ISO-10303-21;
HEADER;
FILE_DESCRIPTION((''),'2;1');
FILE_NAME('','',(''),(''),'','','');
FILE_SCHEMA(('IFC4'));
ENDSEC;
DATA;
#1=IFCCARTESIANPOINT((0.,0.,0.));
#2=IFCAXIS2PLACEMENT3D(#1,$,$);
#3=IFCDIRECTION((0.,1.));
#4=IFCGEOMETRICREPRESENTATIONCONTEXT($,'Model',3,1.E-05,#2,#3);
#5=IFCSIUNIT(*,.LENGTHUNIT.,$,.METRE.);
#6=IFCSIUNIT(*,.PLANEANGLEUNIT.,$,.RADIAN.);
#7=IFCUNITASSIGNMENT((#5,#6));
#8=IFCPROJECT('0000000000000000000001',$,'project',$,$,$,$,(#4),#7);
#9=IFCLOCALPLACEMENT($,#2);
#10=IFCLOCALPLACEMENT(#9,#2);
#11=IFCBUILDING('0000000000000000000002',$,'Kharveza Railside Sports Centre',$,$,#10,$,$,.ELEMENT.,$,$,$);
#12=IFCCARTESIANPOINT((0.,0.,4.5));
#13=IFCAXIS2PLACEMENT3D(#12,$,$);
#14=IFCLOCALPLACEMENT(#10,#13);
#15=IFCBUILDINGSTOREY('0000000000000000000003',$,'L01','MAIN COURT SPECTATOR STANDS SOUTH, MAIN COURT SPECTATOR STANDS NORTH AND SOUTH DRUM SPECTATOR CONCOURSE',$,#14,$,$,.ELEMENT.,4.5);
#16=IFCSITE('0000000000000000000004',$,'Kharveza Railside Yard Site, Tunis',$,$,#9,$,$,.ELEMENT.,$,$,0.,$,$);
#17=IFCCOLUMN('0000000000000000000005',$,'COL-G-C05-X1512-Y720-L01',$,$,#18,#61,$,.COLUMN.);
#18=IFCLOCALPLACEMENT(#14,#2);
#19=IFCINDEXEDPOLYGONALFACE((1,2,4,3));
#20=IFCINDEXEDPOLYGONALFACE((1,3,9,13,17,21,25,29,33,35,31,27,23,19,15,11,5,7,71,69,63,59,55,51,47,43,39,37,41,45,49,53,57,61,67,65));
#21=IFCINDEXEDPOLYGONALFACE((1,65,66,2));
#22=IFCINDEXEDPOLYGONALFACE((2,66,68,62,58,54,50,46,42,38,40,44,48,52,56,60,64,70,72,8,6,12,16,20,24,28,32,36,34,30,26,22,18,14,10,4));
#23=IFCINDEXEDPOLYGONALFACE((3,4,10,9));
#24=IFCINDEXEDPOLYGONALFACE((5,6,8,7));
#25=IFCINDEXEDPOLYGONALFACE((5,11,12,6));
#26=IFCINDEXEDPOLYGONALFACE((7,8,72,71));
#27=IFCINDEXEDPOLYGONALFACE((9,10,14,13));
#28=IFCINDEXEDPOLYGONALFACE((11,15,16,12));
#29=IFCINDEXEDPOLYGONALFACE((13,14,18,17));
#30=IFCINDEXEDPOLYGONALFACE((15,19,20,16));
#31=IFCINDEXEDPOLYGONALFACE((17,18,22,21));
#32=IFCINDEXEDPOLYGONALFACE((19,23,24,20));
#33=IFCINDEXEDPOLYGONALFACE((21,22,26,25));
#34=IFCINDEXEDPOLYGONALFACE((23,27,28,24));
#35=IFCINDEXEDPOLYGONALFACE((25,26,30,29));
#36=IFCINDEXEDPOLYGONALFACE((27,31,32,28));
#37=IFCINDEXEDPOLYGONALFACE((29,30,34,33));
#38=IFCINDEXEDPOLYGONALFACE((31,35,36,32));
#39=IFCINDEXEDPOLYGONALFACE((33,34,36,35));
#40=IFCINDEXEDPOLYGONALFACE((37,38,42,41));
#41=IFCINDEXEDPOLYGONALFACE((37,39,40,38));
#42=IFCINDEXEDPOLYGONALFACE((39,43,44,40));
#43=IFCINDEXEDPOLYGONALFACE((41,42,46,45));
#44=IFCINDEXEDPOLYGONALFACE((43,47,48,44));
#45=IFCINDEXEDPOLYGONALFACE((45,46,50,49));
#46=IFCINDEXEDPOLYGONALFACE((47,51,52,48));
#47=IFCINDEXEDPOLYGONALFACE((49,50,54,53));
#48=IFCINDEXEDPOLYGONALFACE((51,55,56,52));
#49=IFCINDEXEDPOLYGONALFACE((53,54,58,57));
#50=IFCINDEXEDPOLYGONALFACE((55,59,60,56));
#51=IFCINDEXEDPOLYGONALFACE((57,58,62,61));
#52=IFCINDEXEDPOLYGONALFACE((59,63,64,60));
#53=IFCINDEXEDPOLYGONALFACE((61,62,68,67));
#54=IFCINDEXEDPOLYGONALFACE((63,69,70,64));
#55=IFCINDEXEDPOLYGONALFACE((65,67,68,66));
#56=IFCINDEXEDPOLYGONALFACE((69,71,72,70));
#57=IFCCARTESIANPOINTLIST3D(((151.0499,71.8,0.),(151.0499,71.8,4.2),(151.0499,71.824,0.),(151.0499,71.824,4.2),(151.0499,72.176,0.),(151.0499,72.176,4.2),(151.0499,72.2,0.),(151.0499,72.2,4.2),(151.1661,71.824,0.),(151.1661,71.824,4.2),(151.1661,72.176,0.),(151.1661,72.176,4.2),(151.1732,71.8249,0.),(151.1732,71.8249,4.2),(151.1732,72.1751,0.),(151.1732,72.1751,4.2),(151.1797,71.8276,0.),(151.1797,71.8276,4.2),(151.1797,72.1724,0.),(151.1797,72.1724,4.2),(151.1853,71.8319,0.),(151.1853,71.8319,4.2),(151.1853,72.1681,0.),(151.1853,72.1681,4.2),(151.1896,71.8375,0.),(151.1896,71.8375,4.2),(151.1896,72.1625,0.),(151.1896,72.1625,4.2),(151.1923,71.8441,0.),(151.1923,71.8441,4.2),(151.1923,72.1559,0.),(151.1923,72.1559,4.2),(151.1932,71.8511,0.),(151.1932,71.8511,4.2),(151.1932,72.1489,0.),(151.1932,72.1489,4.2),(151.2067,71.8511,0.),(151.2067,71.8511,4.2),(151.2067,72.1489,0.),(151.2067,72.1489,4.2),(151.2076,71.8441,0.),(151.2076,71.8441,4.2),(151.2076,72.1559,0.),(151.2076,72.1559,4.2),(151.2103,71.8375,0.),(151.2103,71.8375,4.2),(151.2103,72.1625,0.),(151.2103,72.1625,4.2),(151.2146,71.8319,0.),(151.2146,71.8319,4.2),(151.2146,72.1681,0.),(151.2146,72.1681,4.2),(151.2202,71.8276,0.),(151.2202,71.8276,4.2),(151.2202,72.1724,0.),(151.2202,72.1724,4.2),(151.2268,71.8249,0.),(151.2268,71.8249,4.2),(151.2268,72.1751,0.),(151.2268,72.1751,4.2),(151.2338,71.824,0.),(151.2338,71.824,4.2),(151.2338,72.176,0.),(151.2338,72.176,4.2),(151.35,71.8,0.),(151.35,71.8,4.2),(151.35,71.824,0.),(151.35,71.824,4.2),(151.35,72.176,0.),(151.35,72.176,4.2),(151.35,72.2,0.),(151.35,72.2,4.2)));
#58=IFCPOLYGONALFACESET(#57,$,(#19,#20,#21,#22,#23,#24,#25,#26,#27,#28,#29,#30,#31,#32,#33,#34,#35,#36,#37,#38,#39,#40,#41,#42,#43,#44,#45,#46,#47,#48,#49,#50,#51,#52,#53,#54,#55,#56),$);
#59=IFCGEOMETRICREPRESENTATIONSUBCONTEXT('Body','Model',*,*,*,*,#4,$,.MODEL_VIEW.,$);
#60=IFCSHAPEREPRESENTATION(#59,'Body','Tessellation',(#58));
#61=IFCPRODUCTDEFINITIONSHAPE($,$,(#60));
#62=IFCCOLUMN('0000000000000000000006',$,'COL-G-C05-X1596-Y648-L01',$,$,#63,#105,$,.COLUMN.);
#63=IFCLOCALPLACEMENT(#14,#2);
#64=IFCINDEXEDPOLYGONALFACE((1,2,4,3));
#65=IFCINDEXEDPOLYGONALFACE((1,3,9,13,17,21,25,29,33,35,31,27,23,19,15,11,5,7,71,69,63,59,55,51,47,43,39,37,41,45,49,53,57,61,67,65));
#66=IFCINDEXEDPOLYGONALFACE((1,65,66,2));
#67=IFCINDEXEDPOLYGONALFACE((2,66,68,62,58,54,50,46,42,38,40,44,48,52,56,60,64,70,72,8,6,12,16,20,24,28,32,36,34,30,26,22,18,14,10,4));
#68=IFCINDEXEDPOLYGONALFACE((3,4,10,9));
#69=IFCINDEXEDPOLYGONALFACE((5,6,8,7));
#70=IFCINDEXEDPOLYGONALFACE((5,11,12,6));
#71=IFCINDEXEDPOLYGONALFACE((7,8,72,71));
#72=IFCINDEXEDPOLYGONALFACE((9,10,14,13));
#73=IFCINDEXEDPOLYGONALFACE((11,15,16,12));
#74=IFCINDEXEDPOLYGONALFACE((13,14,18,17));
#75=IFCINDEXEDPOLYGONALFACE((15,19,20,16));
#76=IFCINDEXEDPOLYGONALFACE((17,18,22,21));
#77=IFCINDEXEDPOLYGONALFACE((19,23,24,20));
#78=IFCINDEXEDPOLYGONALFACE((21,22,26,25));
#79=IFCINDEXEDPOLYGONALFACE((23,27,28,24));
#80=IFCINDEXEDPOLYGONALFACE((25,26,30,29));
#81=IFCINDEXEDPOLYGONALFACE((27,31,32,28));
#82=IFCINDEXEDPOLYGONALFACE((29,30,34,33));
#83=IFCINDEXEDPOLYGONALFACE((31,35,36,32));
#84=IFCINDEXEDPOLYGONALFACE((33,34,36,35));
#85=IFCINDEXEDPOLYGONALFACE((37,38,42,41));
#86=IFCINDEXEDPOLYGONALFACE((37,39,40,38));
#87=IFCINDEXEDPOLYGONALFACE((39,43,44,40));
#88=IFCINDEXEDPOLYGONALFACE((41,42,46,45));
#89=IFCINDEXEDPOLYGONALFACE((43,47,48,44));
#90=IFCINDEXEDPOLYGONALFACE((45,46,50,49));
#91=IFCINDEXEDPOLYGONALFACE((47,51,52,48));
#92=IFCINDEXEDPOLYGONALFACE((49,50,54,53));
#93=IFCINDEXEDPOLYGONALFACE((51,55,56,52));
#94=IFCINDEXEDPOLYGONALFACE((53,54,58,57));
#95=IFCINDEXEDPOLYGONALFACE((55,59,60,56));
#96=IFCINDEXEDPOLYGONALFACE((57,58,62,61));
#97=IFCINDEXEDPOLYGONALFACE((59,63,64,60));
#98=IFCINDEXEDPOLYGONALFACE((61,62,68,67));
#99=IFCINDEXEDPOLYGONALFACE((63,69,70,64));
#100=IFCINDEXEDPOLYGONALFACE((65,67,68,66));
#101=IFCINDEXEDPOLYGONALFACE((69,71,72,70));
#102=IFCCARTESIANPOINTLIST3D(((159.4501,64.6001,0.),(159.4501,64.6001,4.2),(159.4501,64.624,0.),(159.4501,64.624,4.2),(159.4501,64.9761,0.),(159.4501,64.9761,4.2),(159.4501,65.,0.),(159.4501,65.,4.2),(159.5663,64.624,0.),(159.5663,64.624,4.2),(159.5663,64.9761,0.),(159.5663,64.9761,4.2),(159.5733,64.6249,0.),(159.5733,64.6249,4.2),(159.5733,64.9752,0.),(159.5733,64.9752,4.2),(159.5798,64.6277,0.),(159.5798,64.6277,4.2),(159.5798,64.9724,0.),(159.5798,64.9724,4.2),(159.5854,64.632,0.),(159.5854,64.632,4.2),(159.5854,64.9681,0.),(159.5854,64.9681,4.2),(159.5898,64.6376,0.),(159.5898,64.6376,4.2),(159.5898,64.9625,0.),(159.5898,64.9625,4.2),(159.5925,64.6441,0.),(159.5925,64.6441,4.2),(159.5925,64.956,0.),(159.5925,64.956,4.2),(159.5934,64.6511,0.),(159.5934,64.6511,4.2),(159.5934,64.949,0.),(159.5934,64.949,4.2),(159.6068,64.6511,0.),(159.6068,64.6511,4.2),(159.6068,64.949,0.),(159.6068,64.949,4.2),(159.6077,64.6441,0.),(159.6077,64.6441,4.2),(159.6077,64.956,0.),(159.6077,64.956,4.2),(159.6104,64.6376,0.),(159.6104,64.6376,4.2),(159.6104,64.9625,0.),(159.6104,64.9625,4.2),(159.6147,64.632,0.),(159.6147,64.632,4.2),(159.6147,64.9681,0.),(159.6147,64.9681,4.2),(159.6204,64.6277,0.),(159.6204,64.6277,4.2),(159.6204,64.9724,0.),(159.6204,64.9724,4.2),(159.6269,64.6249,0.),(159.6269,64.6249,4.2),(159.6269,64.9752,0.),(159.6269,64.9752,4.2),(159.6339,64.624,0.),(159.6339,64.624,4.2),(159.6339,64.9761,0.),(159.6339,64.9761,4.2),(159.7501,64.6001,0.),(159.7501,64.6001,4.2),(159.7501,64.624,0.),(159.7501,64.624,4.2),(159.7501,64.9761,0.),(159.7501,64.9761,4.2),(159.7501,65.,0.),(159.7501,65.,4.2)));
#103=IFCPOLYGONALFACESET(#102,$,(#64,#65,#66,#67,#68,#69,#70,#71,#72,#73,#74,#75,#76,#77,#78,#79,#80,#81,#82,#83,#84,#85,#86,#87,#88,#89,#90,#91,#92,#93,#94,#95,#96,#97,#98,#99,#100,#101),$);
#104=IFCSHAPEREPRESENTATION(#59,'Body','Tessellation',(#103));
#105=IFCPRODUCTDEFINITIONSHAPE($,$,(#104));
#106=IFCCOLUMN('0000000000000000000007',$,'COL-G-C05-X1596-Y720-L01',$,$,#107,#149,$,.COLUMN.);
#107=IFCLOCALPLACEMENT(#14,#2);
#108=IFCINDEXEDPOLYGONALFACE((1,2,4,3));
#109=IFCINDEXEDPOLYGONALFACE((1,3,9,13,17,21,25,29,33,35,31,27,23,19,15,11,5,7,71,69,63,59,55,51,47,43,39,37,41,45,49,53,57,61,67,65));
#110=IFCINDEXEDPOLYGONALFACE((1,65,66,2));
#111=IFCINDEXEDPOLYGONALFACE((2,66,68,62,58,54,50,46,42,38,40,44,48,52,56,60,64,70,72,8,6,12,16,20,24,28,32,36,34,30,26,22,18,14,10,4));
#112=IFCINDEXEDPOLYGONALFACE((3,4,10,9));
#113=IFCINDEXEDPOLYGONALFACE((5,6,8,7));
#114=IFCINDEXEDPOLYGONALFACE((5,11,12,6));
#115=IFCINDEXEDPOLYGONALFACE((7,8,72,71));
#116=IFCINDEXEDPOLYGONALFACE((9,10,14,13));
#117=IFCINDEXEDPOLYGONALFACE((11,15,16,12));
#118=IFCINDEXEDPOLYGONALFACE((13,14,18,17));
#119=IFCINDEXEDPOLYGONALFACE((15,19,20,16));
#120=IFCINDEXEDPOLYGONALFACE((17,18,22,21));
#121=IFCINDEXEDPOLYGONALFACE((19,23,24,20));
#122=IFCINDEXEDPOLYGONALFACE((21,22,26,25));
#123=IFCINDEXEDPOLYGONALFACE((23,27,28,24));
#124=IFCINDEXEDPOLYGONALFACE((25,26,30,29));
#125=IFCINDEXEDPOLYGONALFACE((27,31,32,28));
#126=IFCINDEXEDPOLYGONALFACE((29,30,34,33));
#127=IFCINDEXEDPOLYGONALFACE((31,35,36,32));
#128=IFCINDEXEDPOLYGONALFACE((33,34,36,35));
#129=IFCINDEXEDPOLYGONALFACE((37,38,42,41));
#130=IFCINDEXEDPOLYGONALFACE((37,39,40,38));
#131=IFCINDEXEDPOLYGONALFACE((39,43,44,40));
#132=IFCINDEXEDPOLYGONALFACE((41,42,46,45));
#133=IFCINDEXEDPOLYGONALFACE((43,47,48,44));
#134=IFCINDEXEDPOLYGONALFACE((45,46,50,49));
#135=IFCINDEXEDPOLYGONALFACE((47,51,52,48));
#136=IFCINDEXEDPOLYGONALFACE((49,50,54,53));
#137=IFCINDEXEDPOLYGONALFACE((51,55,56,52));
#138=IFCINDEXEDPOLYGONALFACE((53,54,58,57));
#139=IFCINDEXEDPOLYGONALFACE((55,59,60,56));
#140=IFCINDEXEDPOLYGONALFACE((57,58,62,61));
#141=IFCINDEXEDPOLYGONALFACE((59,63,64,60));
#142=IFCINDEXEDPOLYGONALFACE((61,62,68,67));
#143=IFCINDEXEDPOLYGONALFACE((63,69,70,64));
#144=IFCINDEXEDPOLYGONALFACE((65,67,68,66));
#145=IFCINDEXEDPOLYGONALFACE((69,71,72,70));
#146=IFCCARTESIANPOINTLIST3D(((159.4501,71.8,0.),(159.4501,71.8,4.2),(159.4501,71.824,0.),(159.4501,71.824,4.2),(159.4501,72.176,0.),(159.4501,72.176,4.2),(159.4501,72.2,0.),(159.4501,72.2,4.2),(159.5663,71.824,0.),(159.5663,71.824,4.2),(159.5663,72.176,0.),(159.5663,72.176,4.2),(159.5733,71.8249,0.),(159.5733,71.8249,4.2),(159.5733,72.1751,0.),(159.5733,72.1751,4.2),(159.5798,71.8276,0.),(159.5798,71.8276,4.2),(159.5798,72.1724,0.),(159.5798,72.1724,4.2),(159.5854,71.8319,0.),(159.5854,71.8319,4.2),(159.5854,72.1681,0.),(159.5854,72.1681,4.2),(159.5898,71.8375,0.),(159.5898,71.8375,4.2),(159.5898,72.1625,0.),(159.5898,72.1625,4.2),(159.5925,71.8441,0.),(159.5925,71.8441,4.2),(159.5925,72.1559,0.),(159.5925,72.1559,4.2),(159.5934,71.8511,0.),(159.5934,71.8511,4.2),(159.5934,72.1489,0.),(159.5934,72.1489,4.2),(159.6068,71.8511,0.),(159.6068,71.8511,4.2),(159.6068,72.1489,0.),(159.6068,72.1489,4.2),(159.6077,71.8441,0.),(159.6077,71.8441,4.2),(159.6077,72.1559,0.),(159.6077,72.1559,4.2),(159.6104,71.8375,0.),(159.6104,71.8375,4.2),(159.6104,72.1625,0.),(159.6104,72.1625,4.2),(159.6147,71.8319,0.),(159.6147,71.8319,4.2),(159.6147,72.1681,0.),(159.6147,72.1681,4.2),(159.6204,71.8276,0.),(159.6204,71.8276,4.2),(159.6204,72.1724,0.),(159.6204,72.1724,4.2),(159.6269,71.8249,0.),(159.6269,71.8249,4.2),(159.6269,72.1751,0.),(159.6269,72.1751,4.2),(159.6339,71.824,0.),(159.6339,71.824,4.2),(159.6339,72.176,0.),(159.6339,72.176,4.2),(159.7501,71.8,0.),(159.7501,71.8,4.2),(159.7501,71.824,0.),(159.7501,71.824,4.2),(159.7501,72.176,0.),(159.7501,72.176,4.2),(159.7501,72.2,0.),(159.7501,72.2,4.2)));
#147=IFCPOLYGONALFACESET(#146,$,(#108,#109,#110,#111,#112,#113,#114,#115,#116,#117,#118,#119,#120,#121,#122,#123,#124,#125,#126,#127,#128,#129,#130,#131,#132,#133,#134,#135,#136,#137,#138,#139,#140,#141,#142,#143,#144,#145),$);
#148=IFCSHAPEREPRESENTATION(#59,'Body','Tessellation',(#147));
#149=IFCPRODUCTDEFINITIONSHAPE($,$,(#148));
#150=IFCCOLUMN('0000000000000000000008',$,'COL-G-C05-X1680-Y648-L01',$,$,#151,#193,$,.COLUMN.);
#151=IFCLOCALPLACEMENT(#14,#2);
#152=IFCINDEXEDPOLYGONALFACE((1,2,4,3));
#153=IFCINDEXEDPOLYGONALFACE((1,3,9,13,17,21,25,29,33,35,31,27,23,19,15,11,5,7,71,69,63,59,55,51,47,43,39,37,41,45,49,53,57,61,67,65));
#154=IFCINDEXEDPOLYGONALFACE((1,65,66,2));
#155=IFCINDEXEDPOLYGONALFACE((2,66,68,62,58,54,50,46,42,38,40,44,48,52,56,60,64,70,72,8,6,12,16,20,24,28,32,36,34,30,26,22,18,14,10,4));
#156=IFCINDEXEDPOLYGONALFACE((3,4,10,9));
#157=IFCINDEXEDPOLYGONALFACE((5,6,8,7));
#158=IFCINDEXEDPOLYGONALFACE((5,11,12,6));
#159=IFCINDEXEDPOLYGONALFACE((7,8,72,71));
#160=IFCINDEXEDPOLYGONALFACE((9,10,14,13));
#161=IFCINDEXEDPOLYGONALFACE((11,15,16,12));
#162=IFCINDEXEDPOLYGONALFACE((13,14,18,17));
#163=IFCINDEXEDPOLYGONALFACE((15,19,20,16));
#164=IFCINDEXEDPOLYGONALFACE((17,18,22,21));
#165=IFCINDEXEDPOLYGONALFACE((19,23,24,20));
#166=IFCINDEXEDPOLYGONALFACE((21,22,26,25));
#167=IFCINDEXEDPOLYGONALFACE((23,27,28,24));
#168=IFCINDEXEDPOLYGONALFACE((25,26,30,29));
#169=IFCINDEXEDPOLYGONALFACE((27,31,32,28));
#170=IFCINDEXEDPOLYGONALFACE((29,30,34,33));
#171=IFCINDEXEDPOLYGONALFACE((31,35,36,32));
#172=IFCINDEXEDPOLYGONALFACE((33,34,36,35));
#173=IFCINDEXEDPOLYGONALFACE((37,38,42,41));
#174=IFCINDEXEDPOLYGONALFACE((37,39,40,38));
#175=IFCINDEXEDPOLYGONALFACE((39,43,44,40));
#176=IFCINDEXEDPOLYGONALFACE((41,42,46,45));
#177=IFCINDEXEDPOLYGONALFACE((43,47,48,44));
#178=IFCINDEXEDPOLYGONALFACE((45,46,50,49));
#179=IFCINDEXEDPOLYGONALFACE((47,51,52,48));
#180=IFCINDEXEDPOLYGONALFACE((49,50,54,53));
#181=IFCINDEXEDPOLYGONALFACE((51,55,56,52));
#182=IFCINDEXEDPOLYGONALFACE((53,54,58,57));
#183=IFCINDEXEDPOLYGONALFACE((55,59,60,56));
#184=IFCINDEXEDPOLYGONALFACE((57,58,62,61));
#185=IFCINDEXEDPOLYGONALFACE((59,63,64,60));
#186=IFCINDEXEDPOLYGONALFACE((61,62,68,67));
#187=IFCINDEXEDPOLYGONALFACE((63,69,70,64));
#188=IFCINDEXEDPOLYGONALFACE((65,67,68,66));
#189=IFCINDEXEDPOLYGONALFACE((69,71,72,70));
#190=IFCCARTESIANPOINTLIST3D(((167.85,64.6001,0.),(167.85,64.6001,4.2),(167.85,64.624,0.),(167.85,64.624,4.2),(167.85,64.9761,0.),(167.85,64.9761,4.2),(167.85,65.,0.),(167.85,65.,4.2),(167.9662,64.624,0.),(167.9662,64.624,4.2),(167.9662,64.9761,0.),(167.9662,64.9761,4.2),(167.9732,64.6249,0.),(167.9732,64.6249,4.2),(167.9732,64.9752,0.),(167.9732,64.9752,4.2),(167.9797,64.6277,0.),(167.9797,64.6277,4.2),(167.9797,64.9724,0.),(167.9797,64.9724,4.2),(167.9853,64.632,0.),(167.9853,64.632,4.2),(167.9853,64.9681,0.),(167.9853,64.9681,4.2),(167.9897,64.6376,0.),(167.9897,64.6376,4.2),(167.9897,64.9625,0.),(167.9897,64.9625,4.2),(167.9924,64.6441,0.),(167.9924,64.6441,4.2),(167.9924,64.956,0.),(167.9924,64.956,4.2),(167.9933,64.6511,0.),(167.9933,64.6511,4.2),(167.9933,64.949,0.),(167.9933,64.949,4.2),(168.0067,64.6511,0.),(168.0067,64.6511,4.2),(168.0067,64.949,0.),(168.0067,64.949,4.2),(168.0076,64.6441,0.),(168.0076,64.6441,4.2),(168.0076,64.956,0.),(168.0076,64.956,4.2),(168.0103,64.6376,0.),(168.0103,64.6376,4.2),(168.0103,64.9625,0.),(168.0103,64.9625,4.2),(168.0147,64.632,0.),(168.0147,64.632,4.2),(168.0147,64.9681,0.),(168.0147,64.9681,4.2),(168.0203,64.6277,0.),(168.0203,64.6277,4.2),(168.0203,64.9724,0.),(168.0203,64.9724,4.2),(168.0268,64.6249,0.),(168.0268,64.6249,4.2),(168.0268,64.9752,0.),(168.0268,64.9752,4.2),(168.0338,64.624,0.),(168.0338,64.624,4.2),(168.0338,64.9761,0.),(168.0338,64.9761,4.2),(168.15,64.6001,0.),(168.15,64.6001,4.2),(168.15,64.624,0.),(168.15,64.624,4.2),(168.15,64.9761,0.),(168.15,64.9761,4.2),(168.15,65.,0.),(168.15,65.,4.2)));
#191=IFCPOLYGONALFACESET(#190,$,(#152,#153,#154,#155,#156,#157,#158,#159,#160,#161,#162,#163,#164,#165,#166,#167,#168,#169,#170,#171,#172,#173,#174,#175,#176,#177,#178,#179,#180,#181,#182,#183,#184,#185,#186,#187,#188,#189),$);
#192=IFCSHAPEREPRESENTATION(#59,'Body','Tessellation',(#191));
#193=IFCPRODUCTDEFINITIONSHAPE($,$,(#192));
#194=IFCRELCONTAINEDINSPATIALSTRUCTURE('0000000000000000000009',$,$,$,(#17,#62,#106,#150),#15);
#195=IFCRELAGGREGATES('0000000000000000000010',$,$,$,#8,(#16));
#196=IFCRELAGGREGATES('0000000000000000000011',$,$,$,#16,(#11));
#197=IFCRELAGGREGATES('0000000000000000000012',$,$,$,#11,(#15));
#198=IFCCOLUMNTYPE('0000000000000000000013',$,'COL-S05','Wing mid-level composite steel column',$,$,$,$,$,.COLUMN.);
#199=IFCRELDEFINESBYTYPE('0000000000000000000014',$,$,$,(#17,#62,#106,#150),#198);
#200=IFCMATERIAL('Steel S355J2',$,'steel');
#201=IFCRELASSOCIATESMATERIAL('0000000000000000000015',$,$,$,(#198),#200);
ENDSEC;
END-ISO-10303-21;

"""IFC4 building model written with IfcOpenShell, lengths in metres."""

from ifc_helpers import new_model, si_unit, direction, frame, origin, origin_2d, place, context, subcontext, project, spatial, i_section, extrude, material, material_profile, profile_set, type_object, element, save


model = new_model("IFC4")

# Units and contexts
model_context = context("Model", 3, precision=1e-05, world=origin(), true_north=direction((0.0, 1.0)))
body_context = subcontext(model_context, "Body", "Model", "MODEL_VIEW")
ifc_project = project(units=[si_unit("LENGTHUNIT", "METRE"), si_unit("PLANEANGLEUNIT", "RADIAN")], contexts=[model_context])

# Site, building, storey
site_placement = place(None, origin())
site = spatial("IfcSite", under=ifc_project, at=site_placement, Name="Kharveza Railside Yard Site, Tunis", CompositionType="ELEMENT", RefElevation=0.0)
building_placement = place(site_placement, origin())
building = spatial("IfcBuilding", under=site, at=building_placement, Name="Kharveza Railside Sports Centre", CompositionType="ELEMENT")
storey_placement = place(building_placement, frame((0.0, 0.0, 4.5)))
storey = spatial("IfcBuildingStorey", under=building, at=storey_placement, Name="L01", Description="MAIN COURT SPECTATOR STANDS SOUTH, MAIN COURT SPECTATOR STANDS NORTH AND SOUTH DRUM SPECTATOR CONCOURSE", CompositionType="ELEMENT", Elevation=4.5)

# Columns
ifc_material_1 = material(Name="Steel S355J2", Category="steel")
ifc_material_profile_1 = material_profile(ifc_material_1, i_section(OverallWidth=0.3, OverallDepth=0.3999, WebThickness=0.0134, FlangeThickness=0.0239, FilletRadius=0.0271, at=origin_2d()), Name="HEB 400")
ifc_profile_set_1 = profile_set([ifc_material_profile_1], Name="Steel S355J2")
column_type = type_object("IfcColumnType", Name="COL-S05", Description="Wing mid-level composite steel column", PredefinedType="COLUMN", material=ifc_profile_set_1)
for number, where, z_axis, x_axis, name in (
    (1, (151.2, 72.0, 0.0), (0.0, 0.0, 1.0), (1.0, 0.0, 0.0), "COL-G-C05-X1512-Y720-L01"),
    (2, (159.6001, 64.8, 0.0), (0.0, 0.0, 1.0), (1.0, 0.0, 0.0), "COL-G-C05-X1596-Y648-L01"),
    (3, (159.6001, 72.0, 0.0), (0.0, 0.0, 1.0), (1.0, 0.0, 0.0), "COL-G-C05-X1596-Y720-L01"),
    (4, (168.0, 64.8, 0.0), (0.0, 0.0, 1.0), (1.0, 0.0, 0.0), "COL-G-C05-X1680-Y648-L01"),
):
    element("IfcColumn", number, at=place(storey_placement, frame(where, z_axis=z_axis, x_axis=x_axis)), inside=storey, type_object=column_type, Name=name, PredefinedType="COLUMN", context=body_context, shape_type="SweptSolid", body=[
        extrude(i_section(OverallWidth=0.3, OverallDepth=0.3999, WebThickness=0.0134, FlangeThickness=0.0239, FilletRadius=0.0271, at=origin_2d()), origin(), (0.0, 0.0, 1.0), 4.2),
    ])

save(model, "model.ifc")
